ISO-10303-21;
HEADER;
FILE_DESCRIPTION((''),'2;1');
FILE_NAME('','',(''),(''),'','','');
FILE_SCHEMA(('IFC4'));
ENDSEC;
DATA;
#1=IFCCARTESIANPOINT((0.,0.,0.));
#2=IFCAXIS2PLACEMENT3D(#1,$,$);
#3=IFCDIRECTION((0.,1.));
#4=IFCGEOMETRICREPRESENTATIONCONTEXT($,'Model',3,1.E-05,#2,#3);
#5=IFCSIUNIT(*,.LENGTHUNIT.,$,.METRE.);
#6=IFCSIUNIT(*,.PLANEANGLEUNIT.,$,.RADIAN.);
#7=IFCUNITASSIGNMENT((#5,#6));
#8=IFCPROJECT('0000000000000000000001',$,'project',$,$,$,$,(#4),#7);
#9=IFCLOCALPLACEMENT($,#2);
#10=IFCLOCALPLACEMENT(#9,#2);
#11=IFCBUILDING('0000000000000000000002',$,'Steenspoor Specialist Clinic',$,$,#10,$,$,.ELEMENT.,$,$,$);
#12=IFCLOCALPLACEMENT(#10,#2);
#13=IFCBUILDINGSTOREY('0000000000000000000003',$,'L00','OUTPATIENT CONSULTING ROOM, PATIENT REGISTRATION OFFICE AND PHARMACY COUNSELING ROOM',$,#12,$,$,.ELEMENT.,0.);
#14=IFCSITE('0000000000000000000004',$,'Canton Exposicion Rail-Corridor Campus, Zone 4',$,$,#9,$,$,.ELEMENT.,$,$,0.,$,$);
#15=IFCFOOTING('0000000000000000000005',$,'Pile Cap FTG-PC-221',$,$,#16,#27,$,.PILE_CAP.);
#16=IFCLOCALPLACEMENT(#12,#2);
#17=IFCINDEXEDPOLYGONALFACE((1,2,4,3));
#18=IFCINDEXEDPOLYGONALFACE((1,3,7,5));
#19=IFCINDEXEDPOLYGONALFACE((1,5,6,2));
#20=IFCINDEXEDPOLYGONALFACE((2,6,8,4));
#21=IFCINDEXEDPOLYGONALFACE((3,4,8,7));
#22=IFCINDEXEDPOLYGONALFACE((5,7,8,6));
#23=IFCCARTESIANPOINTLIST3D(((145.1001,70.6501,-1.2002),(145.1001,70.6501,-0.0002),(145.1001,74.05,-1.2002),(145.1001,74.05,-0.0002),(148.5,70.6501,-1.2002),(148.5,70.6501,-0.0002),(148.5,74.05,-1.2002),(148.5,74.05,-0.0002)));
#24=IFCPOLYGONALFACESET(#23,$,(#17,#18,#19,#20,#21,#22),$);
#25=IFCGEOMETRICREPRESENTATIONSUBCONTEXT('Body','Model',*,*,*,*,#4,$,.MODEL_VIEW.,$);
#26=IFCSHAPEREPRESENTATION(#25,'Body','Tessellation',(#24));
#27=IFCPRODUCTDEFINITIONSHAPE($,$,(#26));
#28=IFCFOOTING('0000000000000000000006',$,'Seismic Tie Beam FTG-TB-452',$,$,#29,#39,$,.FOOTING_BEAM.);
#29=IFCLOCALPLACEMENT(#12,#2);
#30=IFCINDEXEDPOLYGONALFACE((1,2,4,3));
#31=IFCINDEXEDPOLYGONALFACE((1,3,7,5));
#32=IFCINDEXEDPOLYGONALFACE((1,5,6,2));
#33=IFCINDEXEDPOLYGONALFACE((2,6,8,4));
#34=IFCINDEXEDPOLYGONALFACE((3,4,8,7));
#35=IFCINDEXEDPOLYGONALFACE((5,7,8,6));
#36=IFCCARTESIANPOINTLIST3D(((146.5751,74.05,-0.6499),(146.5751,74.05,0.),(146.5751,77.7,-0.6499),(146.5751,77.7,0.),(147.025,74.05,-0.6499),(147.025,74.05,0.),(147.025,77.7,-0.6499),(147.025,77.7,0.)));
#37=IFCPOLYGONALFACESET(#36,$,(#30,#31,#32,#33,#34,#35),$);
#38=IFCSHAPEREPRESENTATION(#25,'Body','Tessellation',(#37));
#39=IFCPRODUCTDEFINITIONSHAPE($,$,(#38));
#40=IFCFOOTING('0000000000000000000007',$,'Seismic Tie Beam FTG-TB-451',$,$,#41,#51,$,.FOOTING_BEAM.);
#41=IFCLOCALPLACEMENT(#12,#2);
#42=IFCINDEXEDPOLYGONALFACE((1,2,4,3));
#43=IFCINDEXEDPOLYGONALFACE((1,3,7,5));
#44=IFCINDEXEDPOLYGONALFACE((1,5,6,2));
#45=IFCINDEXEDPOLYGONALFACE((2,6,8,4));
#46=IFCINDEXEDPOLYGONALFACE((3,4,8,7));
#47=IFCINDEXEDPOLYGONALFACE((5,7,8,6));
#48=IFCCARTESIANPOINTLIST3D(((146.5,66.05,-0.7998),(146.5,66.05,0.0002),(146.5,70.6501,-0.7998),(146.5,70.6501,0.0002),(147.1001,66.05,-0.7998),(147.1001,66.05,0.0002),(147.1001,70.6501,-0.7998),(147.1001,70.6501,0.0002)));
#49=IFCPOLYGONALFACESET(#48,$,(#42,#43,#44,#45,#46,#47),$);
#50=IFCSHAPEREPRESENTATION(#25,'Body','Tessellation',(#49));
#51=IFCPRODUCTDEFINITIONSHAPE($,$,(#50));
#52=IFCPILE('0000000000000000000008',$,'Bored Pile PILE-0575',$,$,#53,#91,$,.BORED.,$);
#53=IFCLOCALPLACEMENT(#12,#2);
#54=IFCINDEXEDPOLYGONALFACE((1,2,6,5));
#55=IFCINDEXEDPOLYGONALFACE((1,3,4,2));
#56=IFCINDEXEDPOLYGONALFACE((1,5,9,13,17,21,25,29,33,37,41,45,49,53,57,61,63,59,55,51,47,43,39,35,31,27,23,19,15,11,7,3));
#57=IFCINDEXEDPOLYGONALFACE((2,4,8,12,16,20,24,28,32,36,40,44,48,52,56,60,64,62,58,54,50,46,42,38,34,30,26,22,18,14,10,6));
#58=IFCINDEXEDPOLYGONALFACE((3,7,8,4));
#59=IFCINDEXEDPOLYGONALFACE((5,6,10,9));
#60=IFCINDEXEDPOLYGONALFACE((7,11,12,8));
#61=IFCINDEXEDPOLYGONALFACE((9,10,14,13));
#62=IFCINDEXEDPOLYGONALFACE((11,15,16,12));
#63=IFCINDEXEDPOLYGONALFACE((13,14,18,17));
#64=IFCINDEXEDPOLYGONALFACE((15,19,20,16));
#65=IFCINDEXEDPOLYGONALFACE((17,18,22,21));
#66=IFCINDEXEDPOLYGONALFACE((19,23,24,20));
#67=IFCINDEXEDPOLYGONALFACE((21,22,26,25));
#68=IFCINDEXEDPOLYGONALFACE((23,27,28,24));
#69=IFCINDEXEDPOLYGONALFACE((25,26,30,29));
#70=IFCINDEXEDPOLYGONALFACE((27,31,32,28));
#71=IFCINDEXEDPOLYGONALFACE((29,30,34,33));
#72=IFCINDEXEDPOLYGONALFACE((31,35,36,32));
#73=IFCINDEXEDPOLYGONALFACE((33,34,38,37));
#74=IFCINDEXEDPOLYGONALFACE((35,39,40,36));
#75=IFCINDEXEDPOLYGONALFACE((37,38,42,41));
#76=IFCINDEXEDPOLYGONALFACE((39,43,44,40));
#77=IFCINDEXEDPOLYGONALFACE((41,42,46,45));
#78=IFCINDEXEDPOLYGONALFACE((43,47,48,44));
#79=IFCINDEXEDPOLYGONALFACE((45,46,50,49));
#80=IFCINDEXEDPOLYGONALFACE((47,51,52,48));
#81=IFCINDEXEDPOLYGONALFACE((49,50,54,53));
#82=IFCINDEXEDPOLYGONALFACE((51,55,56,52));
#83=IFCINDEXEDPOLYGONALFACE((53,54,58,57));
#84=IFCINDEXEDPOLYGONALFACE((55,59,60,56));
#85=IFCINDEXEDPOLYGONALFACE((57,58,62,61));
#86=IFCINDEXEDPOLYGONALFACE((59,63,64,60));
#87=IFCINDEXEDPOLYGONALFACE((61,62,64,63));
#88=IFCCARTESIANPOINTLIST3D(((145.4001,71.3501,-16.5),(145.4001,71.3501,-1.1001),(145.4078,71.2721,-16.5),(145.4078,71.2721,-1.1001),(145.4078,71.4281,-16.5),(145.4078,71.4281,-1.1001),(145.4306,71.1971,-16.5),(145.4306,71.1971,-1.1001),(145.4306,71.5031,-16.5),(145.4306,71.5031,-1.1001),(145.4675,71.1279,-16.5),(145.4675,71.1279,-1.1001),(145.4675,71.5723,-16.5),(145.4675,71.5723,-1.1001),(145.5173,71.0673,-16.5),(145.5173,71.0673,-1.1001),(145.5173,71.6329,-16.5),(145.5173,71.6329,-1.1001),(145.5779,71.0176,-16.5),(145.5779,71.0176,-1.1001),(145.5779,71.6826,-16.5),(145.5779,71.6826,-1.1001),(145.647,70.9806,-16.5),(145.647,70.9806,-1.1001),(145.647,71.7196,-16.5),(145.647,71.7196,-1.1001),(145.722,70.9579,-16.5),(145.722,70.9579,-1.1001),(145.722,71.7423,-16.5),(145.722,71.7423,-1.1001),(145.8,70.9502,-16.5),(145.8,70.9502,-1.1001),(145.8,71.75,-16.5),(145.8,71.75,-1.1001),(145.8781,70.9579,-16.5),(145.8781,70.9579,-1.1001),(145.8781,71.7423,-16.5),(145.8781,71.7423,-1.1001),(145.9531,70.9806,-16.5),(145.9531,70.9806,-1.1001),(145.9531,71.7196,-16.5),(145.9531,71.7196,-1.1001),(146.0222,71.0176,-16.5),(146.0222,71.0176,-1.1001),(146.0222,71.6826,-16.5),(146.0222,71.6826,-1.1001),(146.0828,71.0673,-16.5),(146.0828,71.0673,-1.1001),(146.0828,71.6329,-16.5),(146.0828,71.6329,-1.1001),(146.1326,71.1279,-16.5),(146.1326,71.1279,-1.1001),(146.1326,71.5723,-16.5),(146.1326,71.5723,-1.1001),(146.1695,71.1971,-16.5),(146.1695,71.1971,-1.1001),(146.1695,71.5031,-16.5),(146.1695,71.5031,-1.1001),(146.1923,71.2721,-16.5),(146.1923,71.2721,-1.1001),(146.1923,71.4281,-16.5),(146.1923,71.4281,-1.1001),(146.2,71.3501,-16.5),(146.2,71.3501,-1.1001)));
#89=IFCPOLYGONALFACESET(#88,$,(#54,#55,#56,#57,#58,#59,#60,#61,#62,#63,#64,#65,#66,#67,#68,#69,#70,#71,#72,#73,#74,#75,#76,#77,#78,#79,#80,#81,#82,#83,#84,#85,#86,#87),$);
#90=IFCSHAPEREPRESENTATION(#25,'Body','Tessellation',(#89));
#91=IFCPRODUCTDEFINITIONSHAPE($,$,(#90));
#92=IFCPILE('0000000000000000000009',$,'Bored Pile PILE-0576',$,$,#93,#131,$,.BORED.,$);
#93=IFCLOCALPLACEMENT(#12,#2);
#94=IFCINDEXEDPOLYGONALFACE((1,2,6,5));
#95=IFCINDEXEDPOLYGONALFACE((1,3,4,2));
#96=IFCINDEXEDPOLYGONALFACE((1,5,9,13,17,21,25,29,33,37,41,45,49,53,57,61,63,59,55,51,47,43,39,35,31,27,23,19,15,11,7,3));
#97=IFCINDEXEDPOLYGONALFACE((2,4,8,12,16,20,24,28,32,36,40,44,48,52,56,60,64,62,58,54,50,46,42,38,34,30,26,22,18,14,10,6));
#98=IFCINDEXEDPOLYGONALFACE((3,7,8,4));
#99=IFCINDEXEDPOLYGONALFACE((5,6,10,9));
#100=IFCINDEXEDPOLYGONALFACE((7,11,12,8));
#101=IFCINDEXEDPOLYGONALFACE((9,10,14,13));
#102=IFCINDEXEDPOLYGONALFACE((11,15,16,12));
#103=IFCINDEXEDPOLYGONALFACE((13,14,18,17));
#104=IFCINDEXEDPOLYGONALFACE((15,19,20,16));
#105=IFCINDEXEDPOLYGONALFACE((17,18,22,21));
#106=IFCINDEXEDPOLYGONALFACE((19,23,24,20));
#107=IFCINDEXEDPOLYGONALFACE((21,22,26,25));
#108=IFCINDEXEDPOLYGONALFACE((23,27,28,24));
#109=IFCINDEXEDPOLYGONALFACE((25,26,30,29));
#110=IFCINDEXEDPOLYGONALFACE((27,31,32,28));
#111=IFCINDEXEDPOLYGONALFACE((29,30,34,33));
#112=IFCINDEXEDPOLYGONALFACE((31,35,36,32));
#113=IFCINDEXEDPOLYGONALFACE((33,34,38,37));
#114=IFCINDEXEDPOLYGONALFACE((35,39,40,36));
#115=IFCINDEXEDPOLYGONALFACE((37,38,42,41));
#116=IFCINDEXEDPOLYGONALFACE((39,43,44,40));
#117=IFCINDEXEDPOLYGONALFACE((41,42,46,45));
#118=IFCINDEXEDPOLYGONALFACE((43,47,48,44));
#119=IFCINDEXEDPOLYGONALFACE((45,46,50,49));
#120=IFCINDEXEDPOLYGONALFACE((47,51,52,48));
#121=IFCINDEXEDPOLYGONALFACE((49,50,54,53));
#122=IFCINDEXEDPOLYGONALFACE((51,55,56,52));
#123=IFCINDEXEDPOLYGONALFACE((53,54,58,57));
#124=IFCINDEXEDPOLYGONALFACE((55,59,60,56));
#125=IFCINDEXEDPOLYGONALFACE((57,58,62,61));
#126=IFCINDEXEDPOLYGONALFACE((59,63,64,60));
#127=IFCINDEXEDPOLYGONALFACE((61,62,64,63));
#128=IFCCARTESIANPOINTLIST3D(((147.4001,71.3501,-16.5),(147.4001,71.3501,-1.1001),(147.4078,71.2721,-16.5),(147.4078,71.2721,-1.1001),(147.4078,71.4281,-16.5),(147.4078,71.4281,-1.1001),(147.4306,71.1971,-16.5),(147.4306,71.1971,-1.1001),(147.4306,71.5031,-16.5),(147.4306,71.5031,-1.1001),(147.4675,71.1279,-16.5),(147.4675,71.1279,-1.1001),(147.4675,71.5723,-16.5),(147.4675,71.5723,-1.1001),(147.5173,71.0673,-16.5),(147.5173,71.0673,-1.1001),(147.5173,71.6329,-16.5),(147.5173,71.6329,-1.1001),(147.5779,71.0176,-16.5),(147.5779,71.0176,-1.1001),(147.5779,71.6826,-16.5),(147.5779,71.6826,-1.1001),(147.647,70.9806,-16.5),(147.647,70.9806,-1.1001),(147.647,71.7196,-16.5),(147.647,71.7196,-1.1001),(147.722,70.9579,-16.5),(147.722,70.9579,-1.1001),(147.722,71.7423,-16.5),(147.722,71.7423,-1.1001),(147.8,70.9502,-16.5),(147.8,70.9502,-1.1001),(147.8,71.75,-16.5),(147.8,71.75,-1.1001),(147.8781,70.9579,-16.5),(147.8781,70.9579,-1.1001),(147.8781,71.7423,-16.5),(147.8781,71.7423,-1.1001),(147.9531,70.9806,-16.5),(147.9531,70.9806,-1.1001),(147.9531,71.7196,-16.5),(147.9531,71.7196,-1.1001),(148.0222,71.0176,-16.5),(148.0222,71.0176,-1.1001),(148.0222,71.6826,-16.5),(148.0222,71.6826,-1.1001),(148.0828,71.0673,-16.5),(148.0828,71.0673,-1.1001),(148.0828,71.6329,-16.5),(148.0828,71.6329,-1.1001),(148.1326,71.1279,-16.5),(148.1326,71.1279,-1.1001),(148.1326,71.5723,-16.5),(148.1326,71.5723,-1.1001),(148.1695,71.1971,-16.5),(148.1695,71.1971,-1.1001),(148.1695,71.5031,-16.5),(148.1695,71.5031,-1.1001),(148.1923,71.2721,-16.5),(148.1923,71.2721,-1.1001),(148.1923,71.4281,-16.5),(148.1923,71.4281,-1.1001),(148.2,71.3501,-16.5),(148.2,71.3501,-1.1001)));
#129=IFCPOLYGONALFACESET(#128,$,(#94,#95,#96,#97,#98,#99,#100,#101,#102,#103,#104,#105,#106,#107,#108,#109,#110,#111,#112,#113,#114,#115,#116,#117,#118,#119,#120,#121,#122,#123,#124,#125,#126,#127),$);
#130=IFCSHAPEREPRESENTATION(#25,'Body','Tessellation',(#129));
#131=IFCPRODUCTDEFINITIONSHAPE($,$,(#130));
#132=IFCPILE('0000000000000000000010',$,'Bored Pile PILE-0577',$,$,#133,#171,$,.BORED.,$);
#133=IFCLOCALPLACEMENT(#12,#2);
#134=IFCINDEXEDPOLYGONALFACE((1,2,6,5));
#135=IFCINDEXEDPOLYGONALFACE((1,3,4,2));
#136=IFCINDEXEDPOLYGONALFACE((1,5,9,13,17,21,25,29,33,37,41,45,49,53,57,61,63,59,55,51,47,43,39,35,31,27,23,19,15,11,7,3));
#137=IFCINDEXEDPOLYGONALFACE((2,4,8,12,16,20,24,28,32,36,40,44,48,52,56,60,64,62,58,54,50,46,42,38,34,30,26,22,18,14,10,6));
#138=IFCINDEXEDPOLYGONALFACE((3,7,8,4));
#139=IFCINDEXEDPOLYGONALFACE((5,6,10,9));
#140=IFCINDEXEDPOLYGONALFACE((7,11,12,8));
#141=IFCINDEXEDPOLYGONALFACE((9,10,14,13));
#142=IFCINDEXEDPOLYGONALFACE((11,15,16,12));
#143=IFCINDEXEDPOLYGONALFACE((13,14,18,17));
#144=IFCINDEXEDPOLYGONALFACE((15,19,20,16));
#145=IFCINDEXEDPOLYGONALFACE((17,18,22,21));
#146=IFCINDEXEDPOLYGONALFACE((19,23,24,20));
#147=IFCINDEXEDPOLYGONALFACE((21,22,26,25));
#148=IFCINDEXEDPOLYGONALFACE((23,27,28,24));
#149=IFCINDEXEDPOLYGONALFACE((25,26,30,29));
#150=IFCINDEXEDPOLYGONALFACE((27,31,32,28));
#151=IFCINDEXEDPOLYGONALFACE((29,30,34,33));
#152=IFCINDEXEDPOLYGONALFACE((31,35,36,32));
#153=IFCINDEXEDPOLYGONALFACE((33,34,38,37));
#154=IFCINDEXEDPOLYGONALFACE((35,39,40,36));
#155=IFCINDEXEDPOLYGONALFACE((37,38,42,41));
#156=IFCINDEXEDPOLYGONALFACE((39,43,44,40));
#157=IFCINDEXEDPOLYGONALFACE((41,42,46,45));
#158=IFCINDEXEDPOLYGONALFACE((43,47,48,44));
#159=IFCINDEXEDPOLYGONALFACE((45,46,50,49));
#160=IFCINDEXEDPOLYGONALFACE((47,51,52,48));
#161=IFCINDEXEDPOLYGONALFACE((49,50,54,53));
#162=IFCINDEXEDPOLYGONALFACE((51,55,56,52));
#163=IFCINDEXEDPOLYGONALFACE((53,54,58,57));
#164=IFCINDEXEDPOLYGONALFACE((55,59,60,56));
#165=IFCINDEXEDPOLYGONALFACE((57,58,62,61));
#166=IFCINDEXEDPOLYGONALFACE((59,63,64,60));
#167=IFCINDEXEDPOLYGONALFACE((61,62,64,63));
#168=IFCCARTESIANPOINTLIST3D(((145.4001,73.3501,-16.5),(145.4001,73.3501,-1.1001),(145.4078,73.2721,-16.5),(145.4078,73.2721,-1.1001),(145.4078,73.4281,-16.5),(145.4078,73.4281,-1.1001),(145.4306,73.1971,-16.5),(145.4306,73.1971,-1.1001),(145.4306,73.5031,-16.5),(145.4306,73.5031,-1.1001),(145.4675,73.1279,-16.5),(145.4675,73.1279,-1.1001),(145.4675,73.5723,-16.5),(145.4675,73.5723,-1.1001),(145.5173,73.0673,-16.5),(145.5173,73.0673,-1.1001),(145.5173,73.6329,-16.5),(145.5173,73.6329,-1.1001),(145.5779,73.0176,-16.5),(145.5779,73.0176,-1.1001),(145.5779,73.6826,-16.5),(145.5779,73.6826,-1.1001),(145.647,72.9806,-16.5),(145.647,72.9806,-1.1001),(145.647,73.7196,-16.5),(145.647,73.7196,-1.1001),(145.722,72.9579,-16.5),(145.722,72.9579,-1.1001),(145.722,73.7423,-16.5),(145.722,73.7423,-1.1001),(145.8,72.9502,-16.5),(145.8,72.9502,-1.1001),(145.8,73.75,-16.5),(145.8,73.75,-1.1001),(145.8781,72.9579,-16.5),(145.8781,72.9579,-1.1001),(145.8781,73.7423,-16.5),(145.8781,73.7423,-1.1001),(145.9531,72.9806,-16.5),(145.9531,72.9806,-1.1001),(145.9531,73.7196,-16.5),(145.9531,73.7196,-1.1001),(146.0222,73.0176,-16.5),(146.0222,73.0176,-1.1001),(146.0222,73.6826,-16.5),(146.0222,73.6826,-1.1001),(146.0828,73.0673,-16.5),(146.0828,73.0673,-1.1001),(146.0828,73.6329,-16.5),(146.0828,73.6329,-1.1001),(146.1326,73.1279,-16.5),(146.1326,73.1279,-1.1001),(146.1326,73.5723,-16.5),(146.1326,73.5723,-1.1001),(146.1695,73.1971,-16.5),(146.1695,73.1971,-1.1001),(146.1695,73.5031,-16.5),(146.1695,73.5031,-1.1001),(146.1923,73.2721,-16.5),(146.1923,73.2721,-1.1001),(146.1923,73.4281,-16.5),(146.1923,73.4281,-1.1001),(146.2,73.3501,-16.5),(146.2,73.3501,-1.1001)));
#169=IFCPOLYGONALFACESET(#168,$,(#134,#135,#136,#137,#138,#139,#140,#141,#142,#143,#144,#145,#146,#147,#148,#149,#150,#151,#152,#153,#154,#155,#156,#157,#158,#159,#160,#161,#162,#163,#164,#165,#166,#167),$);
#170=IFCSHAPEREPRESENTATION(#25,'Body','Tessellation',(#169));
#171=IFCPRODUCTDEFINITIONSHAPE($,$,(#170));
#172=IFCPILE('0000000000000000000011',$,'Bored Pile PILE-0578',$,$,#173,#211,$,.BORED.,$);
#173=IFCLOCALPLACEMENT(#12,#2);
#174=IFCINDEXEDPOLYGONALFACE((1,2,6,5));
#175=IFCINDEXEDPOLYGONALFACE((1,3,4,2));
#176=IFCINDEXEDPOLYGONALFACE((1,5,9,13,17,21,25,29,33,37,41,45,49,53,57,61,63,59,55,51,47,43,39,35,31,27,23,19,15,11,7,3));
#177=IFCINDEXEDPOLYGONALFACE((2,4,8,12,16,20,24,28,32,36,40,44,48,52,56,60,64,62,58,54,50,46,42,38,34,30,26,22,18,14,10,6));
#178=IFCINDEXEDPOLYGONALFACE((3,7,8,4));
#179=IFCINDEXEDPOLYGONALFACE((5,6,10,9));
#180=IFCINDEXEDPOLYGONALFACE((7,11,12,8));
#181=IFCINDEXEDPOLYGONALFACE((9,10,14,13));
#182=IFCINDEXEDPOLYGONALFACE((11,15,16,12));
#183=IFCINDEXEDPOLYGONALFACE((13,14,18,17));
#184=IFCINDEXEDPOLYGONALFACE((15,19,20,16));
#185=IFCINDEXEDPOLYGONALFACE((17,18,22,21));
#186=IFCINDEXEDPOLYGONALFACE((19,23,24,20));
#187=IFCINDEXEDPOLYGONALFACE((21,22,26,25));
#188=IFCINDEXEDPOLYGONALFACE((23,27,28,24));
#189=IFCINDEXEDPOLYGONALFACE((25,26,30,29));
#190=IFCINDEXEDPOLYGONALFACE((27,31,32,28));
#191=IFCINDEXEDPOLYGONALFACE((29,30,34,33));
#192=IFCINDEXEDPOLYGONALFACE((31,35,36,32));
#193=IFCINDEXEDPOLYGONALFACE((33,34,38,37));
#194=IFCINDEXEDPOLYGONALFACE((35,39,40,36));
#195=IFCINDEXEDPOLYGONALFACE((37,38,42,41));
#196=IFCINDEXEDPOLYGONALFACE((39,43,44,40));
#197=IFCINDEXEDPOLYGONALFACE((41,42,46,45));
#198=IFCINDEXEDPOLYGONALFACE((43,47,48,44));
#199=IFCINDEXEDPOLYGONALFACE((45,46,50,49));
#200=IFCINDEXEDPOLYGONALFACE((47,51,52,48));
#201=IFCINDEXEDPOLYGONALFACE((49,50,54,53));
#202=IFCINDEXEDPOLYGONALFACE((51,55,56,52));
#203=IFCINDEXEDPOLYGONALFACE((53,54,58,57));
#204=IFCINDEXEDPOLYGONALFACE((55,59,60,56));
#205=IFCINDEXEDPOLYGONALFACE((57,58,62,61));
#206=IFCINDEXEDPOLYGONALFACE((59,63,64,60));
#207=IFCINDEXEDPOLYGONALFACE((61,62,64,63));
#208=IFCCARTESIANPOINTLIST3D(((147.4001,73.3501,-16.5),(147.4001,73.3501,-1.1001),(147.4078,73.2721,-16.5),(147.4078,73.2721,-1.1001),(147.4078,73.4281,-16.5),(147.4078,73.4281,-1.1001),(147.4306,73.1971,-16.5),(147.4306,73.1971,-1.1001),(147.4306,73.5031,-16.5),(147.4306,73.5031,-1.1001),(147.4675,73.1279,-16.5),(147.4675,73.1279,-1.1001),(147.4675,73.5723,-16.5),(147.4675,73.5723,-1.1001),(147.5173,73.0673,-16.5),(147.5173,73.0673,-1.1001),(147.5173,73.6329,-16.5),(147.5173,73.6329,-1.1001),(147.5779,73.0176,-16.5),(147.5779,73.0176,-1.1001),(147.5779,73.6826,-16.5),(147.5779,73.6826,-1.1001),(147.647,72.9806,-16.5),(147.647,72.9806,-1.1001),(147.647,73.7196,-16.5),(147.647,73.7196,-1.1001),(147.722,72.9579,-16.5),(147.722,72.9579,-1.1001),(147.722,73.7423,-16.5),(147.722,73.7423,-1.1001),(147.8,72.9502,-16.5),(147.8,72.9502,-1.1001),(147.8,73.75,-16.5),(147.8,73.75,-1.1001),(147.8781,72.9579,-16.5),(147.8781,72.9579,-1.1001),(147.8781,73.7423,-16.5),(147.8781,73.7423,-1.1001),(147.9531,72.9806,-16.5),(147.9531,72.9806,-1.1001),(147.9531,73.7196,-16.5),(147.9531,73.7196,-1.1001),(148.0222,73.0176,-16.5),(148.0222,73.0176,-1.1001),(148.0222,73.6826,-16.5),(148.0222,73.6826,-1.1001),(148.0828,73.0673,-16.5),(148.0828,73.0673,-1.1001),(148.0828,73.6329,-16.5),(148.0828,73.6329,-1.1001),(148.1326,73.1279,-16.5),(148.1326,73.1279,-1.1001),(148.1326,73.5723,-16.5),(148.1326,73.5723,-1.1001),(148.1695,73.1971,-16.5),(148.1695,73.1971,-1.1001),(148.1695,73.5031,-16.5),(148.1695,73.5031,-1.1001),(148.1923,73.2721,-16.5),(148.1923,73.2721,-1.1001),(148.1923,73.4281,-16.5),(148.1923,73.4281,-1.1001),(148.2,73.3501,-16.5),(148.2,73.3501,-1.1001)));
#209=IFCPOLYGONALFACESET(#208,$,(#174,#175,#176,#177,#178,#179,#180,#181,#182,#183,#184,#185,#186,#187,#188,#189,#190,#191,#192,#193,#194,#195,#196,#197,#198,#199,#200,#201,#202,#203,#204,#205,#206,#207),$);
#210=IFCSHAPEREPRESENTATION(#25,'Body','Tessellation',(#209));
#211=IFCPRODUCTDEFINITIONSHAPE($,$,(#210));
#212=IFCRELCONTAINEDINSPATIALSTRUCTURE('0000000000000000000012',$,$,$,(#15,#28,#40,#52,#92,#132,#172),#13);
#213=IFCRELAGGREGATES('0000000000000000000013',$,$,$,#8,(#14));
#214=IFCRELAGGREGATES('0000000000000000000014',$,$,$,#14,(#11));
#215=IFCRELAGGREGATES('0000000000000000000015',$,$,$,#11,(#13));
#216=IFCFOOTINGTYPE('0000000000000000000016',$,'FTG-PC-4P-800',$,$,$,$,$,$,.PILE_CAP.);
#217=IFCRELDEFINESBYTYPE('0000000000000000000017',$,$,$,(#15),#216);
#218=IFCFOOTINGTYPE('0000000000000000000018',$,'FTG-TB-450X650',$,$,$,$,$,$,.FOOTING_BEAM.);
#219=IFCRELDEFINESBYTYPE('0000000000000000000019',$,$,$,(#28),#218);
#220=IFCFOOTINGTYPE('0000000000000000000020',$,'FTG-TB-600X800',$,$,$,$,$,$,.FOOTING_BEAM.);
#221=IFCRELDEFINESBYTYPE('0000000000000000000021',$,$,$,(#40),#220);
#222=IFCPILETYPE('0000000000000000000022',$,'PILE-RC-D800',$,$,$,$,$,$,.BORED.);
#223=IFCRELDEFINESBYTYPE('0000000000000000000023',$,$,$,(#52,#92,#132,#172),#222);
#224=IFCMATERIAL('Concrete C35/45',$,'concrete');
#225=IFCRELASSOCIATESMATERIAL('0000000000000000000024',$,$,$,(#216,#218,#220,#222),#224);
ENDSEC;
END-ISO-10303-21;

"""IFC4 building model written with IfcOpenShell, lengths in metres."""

from ifc_helpers import new_model, si_unit, direction, frame, origin, origin_2d, place, context, subcontext, project, spatial, rectangle, circle, extrude, material, material_profile, profile_set, type_object, element, save


model = new_model("IFC4")

# Units and contexts
model_context = context("Model", 3, precision=1e-05, world=origin(), true_north=direction((0.0, 1.0)))
body_context = subcontext(model_context, "Body", "Model", "MODEL_VIEW")
ifc_project = project(units=[si_unit("LENGTHUNIT", "METRE"), si_unit("PLANEANGLEUNIT", "RADIAN")], contexts=[model_context])

# Site, building, storey
site_placement = place(None, origin())
site = spatial("IfcSite", under=ifc_project, at=site_placement, Name="Canton Exposicion Rail-Corridor Campus, Zone 4", CompositionType="ELEMENT", RefElevation=0.0)
building_placement = place(site_placement, origin())
building = spatial("IfcBuilding", under=site, at=building_placement, Name="Steenspoor Specialist Clinic", CompositionType="ELEMENT")
storey_placement = place(building_placement, origin())
storey = spatial("IfcBuildingStorey", under=building, at=storey_placement, Name="L00", Description="OUTPATIENT CONSULTING ROOM, PATIENT REGISTRATION OFFICE AND PHARMACY COUNSELING ROOM", CompositionType="ELEMENT", Elevation=0.0)

# Footings
ifc_material_1 = material(Name="Concrete C35/45", Category="concrete")
footing_type_1 = type_object("IfcFootingType", Name="FTG-PC-4P-800", PredefinedType="PILE_CAP", material=ifc_material_1)
footing_1_placement = place(storey_placement, frame((146.8, 72.3501, -1.2002), z_axis=(0.0, 0.0, 1.0), x_axis=(1.0, 0.0, 0.0)))
element("IfcFooting", 1, at=footing_1_placement, inside=storey, type_object=footing_type_1, Name="Pile Cap FTG-PC-221", PredefinedType="PILE_CAP", context=body_context, shape_type="SweptSolid", body=[
    extrude(rectangle(XDim=3.3999, YDim=3.3999, at=origin_2d()), origin(), (0.0, 0.0, 1.0), 1.2),
])
footing_type_2 = type_object("IfcFootingType", Name="FTG-TB-450X650", PredefinedType="FOOTING_BEAM", material=ifc_material_1)
footing_2_placement = place(storey_placement, frame((146.8, 75.875, -0.6499), z_axis=(0.0, 0.0, 1.0), x_axis=(1.0, 0.0, 0.0)))
element("IfcFooting", 2, at=footing_2_placement, inside=storey, type_object=footing_type_2, Name="Seismic Tie Beam FTG-TB-452", PredefinedType="FOOTING_BEAM", context=body_context, shape_type="SweptSolid", body=[
    extrude(rectangle(XDim=0.45, YDim=3.6499, at=origin_2d()), origin(), (0.0, 0.0, 1.0), 0.6499),
])
footing_type_3 = type_object("IfcFootingType", Name="FTG-TB-600X800", PredefinedType="FOOTING_BEAM", material=ifc_material_1)
footing_3_placement = place(storey_placement, frame((146.8, 68.3501, -0.7998), z_axis=(0.0, 0.0, 1.0), x_axis=(1.0, 0.0, 0.0)))
element("IfcFooting", 3, at=footing_3_placement, inside=storey, type_object=footing_type_3, Name="Seismic Tie Beam FTG-TB-451", PredefinedType="FOOTING_BEAM", context=body_context, shape_type="SweptSolid", body=[
    extrude(rectangle(XDim=0.6001, YDim=4.6001, at=origin_2d()), origin(), (0.0, 0.0, 1.0), 0.8),
])

# Piles
ifc_material_profile_1 = material_profile(ifc_material_1, circle(Radius=0.3999, at=origin_2d()), Name="PILE-D800")
ifc_profile_set_1 = profile_set([ifc_material_profile_1], Name="Concrete C35/45")
pile_type = type_object("IfcPileType", Name="PILE-RC-D800", PredefinedType="BORED", material=ifc_profile_set_1)
for number, where, z_axis, x_axis, name in (
    (4, (145.8, 71.3501, -1.1001), (0.0, 0.0, -1.0), (1.0, 0.0, 0.0), "Bored Pile PILE-0575"),
    (5, (147.8, 71.3501, -1.1001), (0.0, 0.0, -1.0), (1.0, 0.0, 0.0), "Bored Pile PILE-0576"),
    (6, (145.8, 73.3501, -1.1001), (0.0, 0.0, -1.0), (1.0, 0.0, 0.0), "Bored Pile PILE-0577"),
    (7, (147.8, 73.3501, -1.1001), (0.0, 0.0, -1.0), (1.0, 0.0, 0.0), "Bored Pile PILE-0578"),
):
    element("IfcPile", number, at=place(storey_placement, frame(where, z_axis=z_axis, x_axis=x_axis)), inside=storey, type_object=pile_type, Name=name, PredefinedType="BORED", context=body_context, shape_type="SweptSolid", body=[
        extrude(circle(Radius=0.3999, at=origin_2d()), origin(), (0.0, 0.0, 1.0), 15.3999),
    ])

save(model, "model.ifc")
